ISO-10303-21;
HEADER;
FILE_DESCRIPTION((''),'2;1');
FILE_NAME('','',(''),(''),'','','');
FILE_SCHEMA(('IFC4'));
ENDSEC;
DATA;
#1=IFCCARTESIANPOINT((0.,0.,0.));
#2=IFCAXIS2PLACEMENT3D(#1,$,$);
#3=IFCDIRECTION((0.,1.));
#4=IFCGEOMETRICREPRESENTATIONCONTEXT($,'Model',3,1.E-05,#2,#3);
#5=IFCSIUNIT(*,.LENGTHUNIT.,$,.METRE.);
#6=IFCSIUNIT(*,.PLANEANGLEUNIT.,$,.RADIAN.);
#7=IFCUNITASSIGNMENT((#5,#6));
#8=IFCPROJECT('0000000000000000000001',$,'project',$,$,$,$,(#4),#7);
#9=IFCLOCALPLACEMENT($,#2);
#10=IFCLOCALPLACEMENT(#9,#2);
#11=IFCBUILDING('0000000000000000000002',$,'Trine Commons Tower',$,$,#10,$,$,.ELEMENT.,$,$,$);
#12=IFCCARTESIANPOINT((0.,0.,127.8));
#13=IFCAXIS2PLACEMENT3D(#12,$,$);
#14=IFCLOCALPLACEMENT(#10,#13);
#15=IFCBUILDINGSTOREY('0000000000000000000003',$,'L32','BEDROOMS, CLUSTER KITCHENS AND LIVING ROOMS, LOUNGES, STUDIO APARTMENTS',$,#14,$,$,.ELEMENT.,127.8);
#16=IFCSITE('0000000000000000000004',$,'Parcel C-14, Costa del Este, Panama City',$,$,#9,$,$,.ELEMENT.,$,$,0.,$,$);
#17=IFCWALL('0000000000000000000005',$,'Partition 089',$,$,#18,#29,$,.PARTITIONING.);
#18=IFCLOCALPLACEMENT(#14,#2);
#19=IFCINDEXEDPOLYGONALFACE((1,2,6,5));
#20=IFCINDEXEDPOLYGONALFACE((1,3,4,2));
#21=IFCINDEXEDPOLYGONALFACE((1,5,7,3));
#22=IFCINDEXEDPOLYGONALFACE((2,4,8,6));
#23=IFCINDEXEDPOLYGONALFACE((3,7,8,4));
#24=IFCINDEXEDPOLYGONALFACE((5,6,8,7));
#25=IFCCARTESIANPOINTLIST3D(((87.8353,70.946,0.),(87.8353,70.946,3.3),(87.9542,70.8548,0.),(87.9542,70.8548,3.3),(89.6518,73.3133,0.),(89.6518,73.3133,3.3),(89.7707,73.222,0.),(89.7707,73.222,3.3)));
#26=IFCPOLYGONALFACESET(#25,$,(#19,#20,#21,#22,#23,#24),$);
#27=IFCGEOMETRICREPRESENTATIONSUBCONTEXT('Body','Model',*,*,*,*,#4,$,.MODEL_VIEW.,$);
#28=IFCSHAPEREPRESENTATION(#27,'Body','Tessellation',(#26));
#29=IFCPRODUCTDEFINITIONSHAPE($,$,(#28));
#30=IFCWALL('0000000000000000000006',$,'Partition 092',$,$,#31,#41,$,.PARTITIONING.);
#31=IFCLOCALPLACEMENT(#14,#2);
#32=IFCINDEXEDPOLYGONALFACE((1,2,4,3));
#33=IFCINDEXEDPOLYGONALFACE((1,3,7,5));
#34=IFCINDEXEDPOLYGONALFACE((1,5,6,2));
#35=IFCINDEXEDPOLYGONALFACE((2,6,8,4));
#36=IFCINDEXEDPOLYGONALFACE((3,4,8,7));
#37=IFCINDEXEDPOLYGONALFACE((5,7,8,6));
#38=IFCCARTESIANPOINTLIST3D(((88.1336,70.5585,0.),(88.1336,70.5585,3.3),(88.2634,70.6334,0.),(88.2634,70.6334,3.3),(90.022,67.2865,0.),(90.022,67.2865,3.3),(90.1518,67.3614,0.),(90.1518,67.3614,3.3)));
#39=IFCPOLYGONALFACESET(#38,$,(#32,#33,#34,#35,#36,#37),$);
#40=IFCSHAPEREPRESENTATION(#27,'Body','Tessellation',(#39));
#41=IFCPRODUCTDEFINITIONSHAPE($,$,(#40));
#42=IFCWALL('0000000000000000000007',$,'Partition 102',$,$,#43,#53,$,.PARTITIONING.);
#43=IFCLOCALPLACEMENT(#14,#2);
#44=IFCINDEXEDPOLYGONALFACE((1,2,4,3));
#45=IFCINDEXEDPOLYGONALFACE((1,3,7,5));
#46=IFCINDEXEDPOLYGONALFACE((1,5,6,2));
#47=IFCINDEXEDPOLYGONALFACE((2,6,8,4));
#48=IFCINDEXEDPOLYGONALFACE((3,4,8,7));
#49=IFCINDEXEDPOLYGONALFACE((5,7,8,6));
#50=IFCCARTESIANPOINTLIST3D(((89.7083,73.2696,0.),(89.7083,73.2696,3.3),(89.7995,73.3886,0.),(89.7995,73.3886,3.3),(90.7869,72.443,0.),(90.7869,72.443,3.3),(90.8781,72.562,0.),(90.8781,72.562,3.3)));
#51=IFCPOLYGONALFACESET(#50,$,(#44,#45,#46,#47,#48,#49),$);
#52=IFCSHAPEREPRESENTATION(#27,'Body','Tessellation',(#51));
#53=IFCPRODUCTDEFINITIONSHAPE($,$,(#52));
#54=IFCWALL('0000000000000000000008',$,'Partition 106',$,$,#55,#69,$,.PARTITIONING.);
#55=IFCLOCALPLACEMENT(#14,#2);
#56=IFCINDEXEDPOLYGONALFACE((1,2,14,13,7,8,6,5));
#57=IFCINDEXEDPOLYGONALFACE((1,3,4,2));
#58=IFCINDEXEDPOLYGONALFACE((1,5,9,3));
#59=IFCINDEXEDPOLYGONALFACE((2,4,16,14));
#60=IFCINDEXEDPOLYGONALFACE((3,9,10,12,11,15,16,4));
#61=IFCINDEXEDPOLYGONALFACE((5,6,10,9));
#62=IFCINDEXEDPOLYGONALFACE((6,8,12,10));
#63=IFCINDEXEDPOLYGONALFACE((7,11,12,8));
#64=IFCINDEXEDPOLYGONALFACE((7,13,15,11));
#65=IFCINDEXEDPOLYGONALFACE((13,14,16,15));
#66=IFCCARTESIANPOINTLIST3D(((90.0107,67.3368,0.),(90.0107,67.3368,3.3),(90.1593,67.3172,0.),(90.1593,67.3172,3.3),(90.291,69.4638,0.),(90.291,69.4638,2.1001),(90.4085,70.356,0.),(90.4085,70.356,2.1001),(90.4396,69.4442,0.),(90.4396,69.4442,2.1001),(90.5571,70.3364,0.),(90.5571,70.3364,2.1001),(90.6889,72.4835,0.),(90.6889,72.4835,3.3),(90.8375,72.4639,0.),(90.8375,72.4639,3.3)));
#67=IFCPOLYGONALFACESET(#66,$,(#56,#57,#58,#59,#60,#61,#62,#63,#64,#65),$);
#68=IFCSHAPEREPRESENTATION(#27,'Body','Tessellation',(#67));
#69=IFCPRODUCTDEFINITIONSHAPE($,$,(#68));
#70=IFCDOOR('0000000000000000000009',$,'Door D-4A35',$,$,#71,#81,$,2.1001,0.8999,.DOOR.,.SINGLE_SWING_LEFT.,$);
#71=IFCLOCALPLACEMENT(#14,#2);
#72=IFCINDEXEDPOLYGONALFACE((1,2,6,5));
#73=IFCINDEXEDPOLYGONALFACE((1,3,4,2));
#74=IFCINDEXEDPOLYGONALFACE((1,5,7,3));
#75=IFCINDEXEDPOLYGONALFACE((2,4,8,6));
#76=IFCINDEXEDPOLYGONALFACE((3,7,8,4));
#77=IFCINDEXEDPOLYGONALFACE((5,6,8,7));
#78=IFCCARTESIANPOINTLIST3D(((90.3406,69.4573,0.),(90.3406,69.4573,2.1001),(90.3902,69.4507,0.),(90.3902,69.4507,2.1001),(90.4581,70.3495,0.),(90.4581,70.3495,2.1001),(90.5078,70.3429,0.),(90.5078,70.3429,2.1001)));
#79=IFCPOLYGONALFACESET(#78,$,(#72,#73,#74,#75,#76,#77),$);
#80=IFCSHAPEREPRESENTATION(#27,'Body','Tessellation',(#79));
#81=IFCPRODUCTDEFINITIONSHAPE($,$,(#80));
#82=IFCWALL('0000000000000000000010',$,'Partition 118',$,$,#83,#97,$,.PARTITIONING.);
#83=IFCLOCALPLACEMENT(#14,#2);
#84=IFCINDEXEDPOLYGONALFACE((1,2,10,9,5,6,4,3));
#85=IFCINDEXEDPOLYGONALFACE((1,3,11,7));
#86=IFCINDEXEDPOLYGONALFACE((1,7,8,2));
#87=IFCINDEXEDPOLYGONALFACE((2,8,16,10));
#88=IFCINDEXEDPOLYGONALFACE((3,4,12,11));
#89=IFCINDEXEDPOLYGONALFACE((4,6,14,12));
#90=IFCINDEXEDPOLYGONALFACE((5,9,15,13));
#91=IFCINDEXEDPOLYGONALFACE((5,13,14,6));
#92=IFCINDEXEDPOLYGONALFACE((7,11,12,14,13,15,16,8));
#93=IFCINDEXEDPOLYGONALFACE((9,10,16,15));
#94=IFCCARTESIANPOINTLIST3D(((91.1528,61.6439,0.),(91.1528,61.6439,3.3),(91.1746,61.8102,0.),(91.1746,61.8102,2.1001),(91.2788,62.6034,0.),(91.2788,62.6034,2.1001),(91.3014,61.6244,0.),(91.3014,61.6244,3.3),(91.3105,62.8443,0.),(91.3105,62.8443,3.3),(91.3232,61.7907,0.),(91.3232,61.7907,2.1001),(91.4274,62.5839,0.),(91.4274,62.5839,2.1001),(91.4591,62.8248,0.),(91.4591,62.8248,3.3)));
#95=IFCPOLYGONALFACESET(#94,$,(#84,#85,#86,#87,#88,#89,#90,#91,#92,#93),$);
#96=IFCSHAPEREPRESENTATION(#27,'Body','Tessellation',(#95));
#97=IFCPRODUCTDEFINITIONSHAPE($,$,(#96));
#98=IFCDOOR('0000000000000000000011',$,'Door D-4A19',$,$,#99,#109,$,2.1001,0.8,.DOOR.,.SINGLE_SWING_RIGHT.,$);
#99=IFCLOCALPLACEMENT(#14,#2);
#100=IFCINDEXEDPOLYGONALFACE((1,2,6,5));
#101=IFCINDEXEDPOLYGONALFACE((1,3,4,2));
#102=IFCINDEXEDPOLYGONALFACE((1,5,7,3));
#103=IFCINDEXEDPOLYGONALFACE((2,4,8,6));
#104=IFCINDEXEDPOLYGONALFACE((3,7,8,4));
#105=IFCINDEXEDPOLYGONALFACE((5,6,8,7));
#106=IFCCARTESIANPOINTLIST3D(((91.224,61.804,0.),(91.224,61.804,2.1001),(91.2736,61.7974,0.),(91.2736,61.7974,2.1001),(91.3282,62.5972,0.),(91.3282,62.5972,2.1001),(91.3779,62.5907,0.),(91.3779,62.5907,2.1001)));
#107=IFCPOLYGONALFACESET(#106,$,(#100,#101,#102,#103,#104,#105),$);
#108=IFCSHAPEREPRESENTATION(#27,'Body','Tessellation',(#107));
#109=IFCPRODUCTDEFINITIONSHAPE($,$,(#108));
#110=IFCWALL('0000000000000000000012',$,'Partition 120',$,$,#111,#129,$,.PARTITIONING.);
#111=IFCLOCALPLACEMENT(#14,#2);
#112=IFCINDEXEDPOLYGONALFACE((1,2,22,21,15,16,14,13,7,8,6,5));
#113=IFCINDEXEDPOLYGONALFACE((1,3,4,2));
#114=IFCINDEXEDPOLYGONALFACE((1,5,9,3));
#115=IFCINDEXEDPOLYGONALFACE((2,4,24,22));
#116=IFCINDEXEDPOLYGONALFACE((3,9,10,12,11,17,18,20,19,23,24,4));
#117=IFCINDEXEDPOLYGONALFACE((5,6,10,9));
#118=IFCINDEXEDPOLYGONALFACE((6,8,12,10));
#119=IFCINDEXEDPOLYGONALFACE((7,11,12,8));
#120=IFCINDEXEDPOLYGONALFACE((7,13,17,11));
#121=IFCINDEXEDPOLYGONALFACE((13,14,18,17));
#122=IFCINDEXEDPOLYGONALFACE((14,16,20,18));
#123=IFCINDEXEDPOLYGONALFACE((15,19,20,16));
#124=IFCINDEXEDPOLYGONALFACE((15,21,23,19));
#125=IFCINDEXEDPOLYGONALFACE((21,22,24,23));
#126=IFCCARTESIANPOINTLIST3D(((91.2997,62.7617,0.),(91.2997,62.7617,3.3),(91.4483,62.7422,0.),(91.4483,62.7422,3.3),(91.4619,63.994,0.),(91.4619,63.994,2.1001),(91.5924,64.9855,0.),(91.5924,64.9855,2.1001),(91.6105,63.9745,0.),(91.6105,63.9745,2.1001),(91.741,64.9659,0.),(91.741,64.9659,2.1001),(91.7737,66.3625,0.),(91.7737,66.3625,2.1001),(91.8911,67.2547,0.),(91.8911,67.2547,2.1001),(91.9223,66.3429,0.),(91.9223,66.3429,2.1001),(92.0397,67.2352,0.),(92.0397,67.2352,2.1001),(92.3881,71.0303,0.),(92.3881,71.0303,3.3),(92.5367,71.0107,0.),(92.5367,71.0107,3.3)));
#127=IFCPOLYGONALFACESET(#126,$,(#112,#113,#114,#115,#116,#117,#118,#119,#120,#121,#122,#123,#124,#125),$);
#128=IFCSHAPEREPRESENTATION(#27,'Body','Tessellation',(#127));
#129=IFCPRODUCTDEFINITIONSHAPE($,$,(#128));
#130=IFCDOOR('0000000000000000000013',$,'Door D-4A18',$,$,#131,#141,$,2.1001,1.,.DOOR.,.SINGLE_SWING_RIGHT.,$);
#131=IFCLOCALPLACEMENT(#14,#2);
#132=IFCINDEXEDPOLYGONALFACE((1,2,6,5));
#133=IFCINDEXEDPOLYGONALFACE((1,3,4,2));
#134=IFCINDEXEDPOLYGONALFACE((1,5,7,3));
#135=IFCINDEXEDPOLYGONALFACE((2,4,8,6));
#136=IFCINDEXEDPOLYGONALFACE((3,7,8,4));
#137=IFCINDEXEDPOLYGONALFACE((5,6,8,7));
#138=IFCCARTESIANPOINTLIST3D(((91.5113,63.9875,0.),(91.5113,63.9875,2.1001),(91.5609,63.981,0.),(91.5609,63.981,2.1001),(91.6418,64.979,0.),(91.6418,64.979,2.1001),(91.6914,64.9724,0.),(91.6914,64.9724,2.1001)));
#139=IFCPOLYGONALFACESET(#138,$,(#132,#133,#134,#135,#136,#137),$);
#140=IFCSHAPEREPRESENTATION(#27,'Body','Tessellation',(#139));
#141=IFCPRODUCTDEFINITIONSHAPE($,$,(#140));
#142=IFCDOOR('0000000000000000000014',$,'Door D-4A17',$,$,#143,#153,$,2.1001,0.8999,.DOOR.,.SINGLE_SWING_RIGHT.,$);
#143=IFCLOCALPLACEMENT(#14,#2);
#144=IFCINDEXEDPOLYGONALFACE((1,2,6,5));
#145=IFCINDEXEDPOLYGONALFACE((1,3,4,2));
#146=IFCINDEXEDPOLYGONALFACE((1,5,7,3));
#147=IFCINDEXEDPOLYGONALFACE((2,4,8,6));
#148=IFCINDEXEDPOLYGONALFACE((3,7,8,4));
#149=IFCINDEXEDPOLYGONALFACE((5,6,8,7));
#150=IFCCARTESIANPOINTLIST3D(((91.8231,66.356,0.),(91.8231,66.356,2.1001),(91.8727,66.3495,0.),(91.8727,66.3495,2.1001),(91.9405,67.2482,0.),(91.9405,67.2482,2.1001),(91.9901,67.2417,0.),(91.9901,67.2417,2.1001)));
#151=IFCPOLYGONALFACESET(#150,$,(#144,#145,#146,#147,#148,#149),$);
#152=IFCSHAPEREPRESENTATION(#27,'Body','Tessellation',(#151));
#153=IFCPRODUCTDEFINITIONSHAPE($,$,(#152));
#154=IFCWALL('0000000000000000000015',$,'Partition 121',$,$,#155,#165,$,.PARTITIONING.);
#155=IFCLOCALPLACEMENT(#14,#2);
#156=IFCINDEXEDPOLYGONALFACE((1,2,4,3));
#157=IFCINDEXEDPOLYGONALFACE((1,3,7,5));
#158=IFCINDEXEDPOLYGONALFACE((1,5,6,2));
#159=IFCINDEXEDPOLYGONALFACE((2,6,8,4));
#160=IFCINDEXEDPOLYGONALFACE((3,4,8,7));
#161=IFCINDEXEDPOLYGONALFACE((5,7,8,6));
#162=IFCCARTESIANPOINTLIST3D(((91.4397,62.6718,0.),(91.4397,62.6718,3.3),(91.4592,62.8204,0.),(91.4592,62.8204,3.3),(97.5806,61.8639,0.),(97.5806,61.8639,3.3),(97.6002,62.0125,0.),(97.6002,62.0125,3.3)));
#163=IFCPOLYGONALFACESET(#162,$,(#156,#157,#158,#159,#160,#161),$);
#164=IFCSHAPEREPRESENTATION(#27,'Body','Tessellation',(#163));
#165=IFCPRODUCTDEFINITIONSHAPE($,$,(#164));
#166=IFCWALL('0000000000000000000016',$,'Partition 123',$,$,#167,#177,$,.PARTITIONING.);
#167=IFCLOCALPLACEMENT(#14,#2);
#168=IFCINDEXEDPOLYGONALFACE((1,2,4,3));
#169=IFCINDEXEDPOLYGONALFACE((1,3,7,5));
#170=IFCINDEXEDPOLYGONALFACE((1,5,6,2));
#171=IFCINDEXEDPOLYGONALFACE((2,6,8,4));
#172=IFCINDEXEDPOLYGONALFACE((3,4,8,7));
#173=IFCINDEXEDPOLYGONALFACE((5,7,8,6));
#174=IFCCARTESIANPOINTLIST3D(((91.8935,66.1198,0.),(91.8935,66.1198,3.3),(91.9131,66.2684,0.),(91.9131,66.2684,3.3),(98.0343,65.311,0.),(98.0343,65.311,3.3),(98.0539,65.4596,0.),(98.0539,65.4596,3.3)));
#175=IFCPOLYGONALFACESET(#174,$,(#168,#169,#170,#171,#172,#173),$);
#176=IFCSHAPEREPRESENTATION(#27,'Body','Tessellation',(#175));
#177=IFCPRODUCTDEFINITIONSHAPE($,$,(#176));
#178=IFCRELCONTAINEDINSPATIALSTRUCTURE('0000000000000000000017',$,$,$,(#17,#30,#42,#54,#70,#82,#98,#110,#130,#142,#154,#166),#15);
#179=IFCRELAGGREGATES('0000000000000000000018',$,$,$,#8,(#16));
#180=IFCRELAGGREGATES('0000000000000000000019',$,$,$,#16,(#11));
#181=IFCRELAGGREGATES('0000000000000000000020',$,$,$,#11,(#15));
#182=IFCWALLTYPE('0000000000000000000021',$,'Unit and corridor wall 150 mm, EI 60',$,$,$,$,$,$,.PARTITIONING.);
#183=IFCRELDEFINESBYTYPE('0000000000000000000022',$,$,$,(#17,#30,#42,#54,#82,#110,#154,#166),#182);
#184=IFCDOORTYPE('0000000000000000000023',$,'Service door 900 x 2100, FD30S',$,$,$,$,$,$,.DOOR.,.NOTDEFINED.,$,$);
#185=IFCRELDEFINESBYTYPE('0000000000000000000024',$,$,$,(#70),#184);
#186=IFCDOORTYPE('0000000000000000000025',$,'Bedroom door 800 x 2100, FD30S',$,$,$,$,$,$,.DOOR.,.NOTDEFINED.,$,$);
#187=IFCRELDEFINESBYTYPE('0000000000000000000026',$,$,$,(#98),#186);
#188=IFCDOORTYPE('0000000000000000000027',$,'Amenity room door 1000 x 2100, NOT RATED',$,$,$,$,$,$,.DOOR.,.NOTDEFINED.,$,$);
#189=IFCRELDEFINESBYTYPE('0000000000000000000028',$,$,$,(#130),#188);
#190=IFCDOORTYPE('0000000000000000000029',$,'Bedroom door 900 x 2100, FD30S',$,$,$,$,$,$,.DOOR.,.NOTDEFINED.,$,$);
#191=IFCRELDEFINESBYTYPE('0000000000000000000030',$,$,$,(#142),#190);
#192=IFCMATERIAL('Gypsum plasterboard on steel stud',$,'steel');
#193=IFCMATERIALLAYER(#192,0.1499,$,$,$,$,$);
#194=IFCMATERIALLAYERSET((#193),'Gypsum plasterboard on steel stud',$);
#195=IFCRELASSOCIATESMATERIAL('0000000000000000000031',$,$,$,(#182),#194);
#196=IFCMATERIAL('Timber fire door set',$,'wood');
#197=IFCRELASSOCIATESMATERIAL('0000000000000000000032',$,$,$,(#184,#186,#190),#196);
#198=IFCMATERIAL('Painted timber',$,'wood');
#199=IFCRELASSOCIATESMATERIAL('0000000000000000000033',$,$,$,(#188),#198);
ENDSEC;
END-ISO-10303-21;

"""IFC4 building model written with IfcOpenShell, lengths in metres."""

from ifc_helpers import new_model, si_unit, direction, frame, frame_2d, origin, place, context, subcontext, project, spatial, rectangle, extrude, material, layer, layer_set, type_object, element, fill, save


model = new_model("IFC4")

# Units and contexts
model_context = context("Model", 3, precision=1e-05, world=origin(), true_north=direction((0.0, 1.0)))
body_context = subcontext(model_context, "Body", "Model", "MODEL_VIEW")
ifc_project = project(units=[si_unit("LENGTHUNIT", "METRE"), si_unit("PLANEANGLEUNIT", "RADIAN")], contexts=[model_context])

# Site, building, storey
site_placement = place(None, origin())
site = spatial("IfcSite", under=ifc_project, at=site_placement, Name="Parcel C-14, Costa del Este, Panama City", CompositionType="ELEMENT", RefElevation=0.0)
building_placement = place(site_placement, origin())
building = spatial("IfcBuilding", under=site, at=building_placement, Name="Trine Commons Tower", CompositionType="ELEMENT")
storey_placement = place(building_placement, frame((0.0, 0.0, 127.8)))
storey = spatial("IfcBuildingStorey", under=building, at=storey_placement, Name="L32", Description="BEDROOMS, CLUSTER KITCHENS AND LIVING ROOMS, LOUNGES, STUDIO APARTMENTS", CompositionType="ELEMENT", Elevation=127.8)

# Walls
ifc_material_1 = material(Name="Gypsum plasterboard on steel stud", Category="steel")
ifc_layer_1 = layer(ifc_material_1, 0.1499)
ifc_layer_set_1 = layer_set([ifc_layer_1], Name="Gypsum plasterboard on steel stud")
wall_type_1 = type_object("IfcWallType", Name="Unit and corridor wall 150 mm, EI 60", PredefinedType="PARTITIONING", material=ifc_layer_set_1)
wall_1_placement = place(storey_placement, frame((87.8948, 70.9004, 0.0), z_axis=(0.0, 0.0, 1.0), x_axis=(0.608761, 0.793353, 0.0)))
element("IfcWall", 1, at=wall_1_placement, inside=storey, type_object=wall_type_1, Name="Partition 089", PredefinedType="PARTITIONING", context=body_context, shape_type="SweptSolid", body=[
    extrude(rectangle(XDim=2.9839, YDim=0.1499, at=frame_2d((1.4919, 0.0))), origin(), (0.0, 0.0, 1.0), 3.3),
])
wall_2_placement = place(storey_placement, frame((88.1985, 70.5959, 0.0), z_axis=(0.0, 0.0, 1.0), x_axis=(0.499872, -0.8661, 0.0)))
element("IfcWall", 2, at=wall_2_placement, inside=storey, type_object=wall_type_1, Name="Partition 092", PredefinedType="PARTITIONING", context=body_context, shape_type="SweptSolid", body=[
    extrude(rectangle(XDim=3.7778, YDim=0.1499, at=frame_2d((1.8889, 0.0))), origin(), (0.0, 0.0, 1.0), 3.3),
])
wall_3_placement = place(storey_placement, frame((89.7539, 73.3291, 0.0), z_axis=(0.0, 0.0, 1.0), x_axis=(0.793705, -0.608303, 0.0)))
element("IfcWall", 3, at=wall_3_placement, inside=storey, type_object=wall_type_1, Name="Partition 102", PredefinedType="PARTITIONING", context=body_context, shape_type="SweptSolid", body=[
    extrude(rectangle(XDim=1.3589, YDim=0.1499, at=frame_2d((0.6794, 0.0))), origin(), (0.0, 0.0, 1.0), 3.3),
])

# Walls, openings, doors
wall_4_placement = place(storey_placement, frame((90.085, 67.3269, 0.0), z_axis=(0.0, 0.0, 1.0), x_axis=(0.130648, 0.991429, 0.0)))
wall_4 = element("IfcWall", 4, at=wall_4_placement, inside=storey, type_object=wall_type_1, Name="Partition 106", PredefinedType="PARTITIONING", context=body_context, shape_type="SweptSolid", body=[
    extrude(rectangle(XDim=5.1912, YDim=0.1499, at=frame_2d((2.5957, 0.0))), origin(), (0.0, 0.0, 1.0), 3.3),
])
opening_1_placement = place(wall_4_placement, frame((2.1455, 0.0, 0.0)))
opening_1 = element("IfcOpeningElement", 5, at=opening_1_placement, cuts=wall_4, PredefinedType="OPENING", context=body_context, shape_type="SweptSolid", body=[
    extrude(rectangle(XDim=0.8999, YDim=2.1001, at=frame_2d((0.45, 1.05))), frame((0.0, 0.085, 0.0), z_axis=(0.0, -1.0, 0.0), x_axis=(1.0, 0.0, 0.0)), (0.0, 0.0, 1.0), 0.1699),
])
ifc_material_2 = material(Name="Timber fire door set", Category="wood")
door_type_1 = type_object("IfcDoorType", Name="Service door 900 x 2100, FD30S", OperationType="NOTDEFINED", PredefinedType="DOOR", material=ifc_material_2)
door_1_placement = place(opening_1_placement, origin())
door_1 = element("IfcDoor", 6, at=door_1_placement, inside=storey, type_object=door_type_1, Name="Door D-4A35", OperationType="SINGLE_SWING_LEFT", OverallHeight=2.1001, OverallWidth=0.8999, PredefinedType="DOOR", context=body_context, shape_type="SweptSolid", body=[
    extrude(rectangle(XDim=0.8999, YDim=2.1001, at=frame_2d((0.45, 1.05))), frame((0.0, 0.0249, 0.0), z_axis=(0.0, -1.0, 0.0), x_axis=(1.0, 0.0, 0.0)), (0.0, 0.0, 1.0), 0.05),
])
fill(opening_1, door_1)
wall_5_placement = place(storey_placement, frame((91.2271, 61.634, 0.0), z_axis=(0.0, 0.0, 1.0), x_axis=(0.130262, 0.99148, 0.0)))
wall_5 = element("IfcWall", 7, at=wall_5_placement, inside=storey, type_object=wall_type_1, Name="Partition 118", PredefinedType="PARTITIONING", context=body_context, shape_type="SweptSolid", body=[
    extrude(rectangle(XDim=1.2107, YDim=0.1499, at=frame_2d((0.6055, 0.0))), origin(), (0.0, 0.0, 1.0), 3.3),
])
opening_2_placement = place(wall_5_placement, frame((0.168, 0.0, 0.0)))
opening_2 = element("IfcOpeningElement", 8, at=opening_2_placement, cuts=wall_5, PredefinedType="OPENING", context=body_context, shape_type="SweptSolid", body=[
    extrude(rectangle(XDim=0.8, YDim=2.1001, at=frame_2d((0.3999, 1.05))), frame((0.0, 0.085, 0.0), z_axis=(0.0, -1.0, 0.0), x_axis=(1.0, 0.0, 0.0)), (0.0, 0.0, 1.0), 0.1699),
])
door_type_2 = type_object("IfcDoorType", Name="Bedroom door 800 x 2100, FD30S", OperationType="NOTDEFINED", PredefinedType="DOOR", material=ifc_material_2)
door_2_placement = place(opening_2_placement, frame((0.8, 0.0, 0.0), z_axis=(0.0, 0.0, 1.0), x_axis=(-1.0, 0.0, 0.0)))
door_2 = element("IfcDoor", 9, at=door_2_placement, inside=storey, type_object=door_type_2, Name="Door D-4A19", OperationType="SINGLE_SWING_RIGHT", OverallHeight=2.1001, OverallWidth=0.8, PredefinedType="DOOR", context=body_context, shape_type="SweptSolid", body=[
    extrude(rectangle(XDim=0.8, YDim=2.1001, at=frame_2d((0.3999, 1.05))), frame((0.0, 0.0249, 0.0), z_axis=(0.0, -1.0, 0.0), x_axis=(1.0, 0.0, 0.0)), (0.0, 0.0, 1.0), 0.05),
])
fill(opening_2, door_2)

# Wall, openings, doors
wall_6_placement = place(storey_placement, frame((91.374, 62.752, 0.0), z_axis=(0.0, 0.0, 1.0), x_axis=(0.130503, 0.991448, 0.0)))
wall_6 = element("IfcWall", 10, at=wall_6_placement, inside=storey, type_object=wall_type_1, Name="Partition 120", PredefinedType="PARTITIONING", context=body_context, shape_type="SweptSolid", body=[
    extrude(rectangle(XDim=8.3398, YDim=0.1499, at=frame_2d((4.1699, 0.0))), origin(), (0.0, 0.0, 1.0), 3.3),
])
opening_3_placement = place(wall_6_placement, frame((3.6318, 0.0, 0.0)))
opening_3 = element("IfcOpeningElement", 11, at=opening_3_placement, cuts=wall_6, PredefinedType="OPENING", context=body_context, shape_type="SweptSolid", body=[
    extrude(rectangle(XDim=0.8999, YDim=2.1001, at=frame_2d((0.45, 1.05))), frame((0.0, 0.085, 0.0), z_axis=(0.0, -1.0, 0.0), x_axis=(1.0, 0.0, 0.0)), (0.0, 0.0, 1.0), 0.1699),
])
opening_4_placement = place(wall_6_placement, frame((1.2429, 0.0, 0.0)))
opening_4 = element("IfcOpeningElement", 12, at=opening_4_placement, cuts=wall_6, PredefinedType="OPENING", context=body_context, shape_type="SweptSolid", body=[
    extrude(rectangle(XDim=1.0, YDim=2.1001, at=frame_2d((0.5, 1.05))), frame((0.0, 0.085, 0.0), z_axis=(0.0, -1.0, 0.0), x_axis=(1.0, 0.0, 0.0)), (0.0, 0.0, 1.0), 0.1699),
])
ifc_material_3 = material(Name="Painted timber", Category="wood")
door_type_3 = type_object("IfcDoorType", Name="Amenity room door 1000 x 2100, NOT RATED", OperationType="NOTDEFINED", PredefinedType="DOOR", material=ifc_material_3)
door_3_placement = place(opening_4_placement, frame((1.0, 0.0, 0.0), z_axis=(0.0, 0.0, 1.0), x_axis=(-1.0, 0.0, 0.0)))
door_3 = element("IfcDoor", 13, at=door_3_placement, inside=storey, type_object=door_type_3, Name="Door D-4A18", OperationType="SINGLE_SWING_RIGHT", OverallHeight=2.1001, OverallWidth=1.0, PredefinedType="DOOR", context=body_context, shape_type="SweptSolid", body=[
    extrude(rectangle(XDim=1.0, YDim=2.1001, at=frame_2d((0.5, 1.05))), frame((0.0, 0.0249, 0.0), z_axis=(0.0, -1.0, 0.0), x_axis=(1.0, 0.0, 0.0)), (0.0, 0.0, 1.0), 0.05),
])
fill(opening_4, door_3)
door_type_4 = type_object("IfcDoorType", Name="Bedroom door 900 x 2100, FD30S", OperationType="NOTDEFINED", PredefinedType="DOOR", material=ifc_material_2)
door_4_placement = place(opening_3_placement, frame((0.8999, 0.0, 0.0), z_axis=(0.0, 0.0, 1.0), x_axis=(-1.0, 0.0, 0.0)))
door_4 = element("IfcDoor", 14, at=door_4_placement, inside=storey, type_object=door_type_4, Name="Door D-4A17", OperationType="SINGLE_SWING_RIGHT", OverallHeight=2.1001, OverallWidth=0.8999, PredefinedType="DOOR", context=body_context, shape_type="SweptSolid", body=[
    extrude(rectangle(XDim=0.8999, YDim=2.1001, at=frame_2d((0.45, 1.05))), frame((0.0, 0.0249, 0.0), z_axis=(0.0, -1.0, 0.0), x_axis=(1.0, 0.0, 0.0)), (0.0, 0.0, 1.0), 0.05),
])
fill(opening_3, door_4)

# Walls
for number, where, z_axis, x_axis, name in (
    (15, (91.4495, 62.7461, 0.0), (0.0, 0.0, 1.0), (0.991457, -0.130431, 0.0), "Partition 121"),
    (16, (91.9033, 66.1941, 0.0), (0.0, 0.0, 1.0), (0.991437, -0.130586, 0.0), "Partition 123"),
):
    element("IfcWall", number, at=place(storey_placement, frame(where, z_axis=z_axis, x_axis=x_axis)), inside=storey, type_object=wall_type_1, Name=name, PredefinedType="PARTITIONING", context=body_context, shape_type="SweptSolid", body=[
        extrude(rectangle(XDim=6.1938, YDim=0.1499, at=frame_2d((3.0969, 0.0))), origin(), (0.0, 0.0, 1.0), 3.3),
    ])

save(model, "model.ifc")
